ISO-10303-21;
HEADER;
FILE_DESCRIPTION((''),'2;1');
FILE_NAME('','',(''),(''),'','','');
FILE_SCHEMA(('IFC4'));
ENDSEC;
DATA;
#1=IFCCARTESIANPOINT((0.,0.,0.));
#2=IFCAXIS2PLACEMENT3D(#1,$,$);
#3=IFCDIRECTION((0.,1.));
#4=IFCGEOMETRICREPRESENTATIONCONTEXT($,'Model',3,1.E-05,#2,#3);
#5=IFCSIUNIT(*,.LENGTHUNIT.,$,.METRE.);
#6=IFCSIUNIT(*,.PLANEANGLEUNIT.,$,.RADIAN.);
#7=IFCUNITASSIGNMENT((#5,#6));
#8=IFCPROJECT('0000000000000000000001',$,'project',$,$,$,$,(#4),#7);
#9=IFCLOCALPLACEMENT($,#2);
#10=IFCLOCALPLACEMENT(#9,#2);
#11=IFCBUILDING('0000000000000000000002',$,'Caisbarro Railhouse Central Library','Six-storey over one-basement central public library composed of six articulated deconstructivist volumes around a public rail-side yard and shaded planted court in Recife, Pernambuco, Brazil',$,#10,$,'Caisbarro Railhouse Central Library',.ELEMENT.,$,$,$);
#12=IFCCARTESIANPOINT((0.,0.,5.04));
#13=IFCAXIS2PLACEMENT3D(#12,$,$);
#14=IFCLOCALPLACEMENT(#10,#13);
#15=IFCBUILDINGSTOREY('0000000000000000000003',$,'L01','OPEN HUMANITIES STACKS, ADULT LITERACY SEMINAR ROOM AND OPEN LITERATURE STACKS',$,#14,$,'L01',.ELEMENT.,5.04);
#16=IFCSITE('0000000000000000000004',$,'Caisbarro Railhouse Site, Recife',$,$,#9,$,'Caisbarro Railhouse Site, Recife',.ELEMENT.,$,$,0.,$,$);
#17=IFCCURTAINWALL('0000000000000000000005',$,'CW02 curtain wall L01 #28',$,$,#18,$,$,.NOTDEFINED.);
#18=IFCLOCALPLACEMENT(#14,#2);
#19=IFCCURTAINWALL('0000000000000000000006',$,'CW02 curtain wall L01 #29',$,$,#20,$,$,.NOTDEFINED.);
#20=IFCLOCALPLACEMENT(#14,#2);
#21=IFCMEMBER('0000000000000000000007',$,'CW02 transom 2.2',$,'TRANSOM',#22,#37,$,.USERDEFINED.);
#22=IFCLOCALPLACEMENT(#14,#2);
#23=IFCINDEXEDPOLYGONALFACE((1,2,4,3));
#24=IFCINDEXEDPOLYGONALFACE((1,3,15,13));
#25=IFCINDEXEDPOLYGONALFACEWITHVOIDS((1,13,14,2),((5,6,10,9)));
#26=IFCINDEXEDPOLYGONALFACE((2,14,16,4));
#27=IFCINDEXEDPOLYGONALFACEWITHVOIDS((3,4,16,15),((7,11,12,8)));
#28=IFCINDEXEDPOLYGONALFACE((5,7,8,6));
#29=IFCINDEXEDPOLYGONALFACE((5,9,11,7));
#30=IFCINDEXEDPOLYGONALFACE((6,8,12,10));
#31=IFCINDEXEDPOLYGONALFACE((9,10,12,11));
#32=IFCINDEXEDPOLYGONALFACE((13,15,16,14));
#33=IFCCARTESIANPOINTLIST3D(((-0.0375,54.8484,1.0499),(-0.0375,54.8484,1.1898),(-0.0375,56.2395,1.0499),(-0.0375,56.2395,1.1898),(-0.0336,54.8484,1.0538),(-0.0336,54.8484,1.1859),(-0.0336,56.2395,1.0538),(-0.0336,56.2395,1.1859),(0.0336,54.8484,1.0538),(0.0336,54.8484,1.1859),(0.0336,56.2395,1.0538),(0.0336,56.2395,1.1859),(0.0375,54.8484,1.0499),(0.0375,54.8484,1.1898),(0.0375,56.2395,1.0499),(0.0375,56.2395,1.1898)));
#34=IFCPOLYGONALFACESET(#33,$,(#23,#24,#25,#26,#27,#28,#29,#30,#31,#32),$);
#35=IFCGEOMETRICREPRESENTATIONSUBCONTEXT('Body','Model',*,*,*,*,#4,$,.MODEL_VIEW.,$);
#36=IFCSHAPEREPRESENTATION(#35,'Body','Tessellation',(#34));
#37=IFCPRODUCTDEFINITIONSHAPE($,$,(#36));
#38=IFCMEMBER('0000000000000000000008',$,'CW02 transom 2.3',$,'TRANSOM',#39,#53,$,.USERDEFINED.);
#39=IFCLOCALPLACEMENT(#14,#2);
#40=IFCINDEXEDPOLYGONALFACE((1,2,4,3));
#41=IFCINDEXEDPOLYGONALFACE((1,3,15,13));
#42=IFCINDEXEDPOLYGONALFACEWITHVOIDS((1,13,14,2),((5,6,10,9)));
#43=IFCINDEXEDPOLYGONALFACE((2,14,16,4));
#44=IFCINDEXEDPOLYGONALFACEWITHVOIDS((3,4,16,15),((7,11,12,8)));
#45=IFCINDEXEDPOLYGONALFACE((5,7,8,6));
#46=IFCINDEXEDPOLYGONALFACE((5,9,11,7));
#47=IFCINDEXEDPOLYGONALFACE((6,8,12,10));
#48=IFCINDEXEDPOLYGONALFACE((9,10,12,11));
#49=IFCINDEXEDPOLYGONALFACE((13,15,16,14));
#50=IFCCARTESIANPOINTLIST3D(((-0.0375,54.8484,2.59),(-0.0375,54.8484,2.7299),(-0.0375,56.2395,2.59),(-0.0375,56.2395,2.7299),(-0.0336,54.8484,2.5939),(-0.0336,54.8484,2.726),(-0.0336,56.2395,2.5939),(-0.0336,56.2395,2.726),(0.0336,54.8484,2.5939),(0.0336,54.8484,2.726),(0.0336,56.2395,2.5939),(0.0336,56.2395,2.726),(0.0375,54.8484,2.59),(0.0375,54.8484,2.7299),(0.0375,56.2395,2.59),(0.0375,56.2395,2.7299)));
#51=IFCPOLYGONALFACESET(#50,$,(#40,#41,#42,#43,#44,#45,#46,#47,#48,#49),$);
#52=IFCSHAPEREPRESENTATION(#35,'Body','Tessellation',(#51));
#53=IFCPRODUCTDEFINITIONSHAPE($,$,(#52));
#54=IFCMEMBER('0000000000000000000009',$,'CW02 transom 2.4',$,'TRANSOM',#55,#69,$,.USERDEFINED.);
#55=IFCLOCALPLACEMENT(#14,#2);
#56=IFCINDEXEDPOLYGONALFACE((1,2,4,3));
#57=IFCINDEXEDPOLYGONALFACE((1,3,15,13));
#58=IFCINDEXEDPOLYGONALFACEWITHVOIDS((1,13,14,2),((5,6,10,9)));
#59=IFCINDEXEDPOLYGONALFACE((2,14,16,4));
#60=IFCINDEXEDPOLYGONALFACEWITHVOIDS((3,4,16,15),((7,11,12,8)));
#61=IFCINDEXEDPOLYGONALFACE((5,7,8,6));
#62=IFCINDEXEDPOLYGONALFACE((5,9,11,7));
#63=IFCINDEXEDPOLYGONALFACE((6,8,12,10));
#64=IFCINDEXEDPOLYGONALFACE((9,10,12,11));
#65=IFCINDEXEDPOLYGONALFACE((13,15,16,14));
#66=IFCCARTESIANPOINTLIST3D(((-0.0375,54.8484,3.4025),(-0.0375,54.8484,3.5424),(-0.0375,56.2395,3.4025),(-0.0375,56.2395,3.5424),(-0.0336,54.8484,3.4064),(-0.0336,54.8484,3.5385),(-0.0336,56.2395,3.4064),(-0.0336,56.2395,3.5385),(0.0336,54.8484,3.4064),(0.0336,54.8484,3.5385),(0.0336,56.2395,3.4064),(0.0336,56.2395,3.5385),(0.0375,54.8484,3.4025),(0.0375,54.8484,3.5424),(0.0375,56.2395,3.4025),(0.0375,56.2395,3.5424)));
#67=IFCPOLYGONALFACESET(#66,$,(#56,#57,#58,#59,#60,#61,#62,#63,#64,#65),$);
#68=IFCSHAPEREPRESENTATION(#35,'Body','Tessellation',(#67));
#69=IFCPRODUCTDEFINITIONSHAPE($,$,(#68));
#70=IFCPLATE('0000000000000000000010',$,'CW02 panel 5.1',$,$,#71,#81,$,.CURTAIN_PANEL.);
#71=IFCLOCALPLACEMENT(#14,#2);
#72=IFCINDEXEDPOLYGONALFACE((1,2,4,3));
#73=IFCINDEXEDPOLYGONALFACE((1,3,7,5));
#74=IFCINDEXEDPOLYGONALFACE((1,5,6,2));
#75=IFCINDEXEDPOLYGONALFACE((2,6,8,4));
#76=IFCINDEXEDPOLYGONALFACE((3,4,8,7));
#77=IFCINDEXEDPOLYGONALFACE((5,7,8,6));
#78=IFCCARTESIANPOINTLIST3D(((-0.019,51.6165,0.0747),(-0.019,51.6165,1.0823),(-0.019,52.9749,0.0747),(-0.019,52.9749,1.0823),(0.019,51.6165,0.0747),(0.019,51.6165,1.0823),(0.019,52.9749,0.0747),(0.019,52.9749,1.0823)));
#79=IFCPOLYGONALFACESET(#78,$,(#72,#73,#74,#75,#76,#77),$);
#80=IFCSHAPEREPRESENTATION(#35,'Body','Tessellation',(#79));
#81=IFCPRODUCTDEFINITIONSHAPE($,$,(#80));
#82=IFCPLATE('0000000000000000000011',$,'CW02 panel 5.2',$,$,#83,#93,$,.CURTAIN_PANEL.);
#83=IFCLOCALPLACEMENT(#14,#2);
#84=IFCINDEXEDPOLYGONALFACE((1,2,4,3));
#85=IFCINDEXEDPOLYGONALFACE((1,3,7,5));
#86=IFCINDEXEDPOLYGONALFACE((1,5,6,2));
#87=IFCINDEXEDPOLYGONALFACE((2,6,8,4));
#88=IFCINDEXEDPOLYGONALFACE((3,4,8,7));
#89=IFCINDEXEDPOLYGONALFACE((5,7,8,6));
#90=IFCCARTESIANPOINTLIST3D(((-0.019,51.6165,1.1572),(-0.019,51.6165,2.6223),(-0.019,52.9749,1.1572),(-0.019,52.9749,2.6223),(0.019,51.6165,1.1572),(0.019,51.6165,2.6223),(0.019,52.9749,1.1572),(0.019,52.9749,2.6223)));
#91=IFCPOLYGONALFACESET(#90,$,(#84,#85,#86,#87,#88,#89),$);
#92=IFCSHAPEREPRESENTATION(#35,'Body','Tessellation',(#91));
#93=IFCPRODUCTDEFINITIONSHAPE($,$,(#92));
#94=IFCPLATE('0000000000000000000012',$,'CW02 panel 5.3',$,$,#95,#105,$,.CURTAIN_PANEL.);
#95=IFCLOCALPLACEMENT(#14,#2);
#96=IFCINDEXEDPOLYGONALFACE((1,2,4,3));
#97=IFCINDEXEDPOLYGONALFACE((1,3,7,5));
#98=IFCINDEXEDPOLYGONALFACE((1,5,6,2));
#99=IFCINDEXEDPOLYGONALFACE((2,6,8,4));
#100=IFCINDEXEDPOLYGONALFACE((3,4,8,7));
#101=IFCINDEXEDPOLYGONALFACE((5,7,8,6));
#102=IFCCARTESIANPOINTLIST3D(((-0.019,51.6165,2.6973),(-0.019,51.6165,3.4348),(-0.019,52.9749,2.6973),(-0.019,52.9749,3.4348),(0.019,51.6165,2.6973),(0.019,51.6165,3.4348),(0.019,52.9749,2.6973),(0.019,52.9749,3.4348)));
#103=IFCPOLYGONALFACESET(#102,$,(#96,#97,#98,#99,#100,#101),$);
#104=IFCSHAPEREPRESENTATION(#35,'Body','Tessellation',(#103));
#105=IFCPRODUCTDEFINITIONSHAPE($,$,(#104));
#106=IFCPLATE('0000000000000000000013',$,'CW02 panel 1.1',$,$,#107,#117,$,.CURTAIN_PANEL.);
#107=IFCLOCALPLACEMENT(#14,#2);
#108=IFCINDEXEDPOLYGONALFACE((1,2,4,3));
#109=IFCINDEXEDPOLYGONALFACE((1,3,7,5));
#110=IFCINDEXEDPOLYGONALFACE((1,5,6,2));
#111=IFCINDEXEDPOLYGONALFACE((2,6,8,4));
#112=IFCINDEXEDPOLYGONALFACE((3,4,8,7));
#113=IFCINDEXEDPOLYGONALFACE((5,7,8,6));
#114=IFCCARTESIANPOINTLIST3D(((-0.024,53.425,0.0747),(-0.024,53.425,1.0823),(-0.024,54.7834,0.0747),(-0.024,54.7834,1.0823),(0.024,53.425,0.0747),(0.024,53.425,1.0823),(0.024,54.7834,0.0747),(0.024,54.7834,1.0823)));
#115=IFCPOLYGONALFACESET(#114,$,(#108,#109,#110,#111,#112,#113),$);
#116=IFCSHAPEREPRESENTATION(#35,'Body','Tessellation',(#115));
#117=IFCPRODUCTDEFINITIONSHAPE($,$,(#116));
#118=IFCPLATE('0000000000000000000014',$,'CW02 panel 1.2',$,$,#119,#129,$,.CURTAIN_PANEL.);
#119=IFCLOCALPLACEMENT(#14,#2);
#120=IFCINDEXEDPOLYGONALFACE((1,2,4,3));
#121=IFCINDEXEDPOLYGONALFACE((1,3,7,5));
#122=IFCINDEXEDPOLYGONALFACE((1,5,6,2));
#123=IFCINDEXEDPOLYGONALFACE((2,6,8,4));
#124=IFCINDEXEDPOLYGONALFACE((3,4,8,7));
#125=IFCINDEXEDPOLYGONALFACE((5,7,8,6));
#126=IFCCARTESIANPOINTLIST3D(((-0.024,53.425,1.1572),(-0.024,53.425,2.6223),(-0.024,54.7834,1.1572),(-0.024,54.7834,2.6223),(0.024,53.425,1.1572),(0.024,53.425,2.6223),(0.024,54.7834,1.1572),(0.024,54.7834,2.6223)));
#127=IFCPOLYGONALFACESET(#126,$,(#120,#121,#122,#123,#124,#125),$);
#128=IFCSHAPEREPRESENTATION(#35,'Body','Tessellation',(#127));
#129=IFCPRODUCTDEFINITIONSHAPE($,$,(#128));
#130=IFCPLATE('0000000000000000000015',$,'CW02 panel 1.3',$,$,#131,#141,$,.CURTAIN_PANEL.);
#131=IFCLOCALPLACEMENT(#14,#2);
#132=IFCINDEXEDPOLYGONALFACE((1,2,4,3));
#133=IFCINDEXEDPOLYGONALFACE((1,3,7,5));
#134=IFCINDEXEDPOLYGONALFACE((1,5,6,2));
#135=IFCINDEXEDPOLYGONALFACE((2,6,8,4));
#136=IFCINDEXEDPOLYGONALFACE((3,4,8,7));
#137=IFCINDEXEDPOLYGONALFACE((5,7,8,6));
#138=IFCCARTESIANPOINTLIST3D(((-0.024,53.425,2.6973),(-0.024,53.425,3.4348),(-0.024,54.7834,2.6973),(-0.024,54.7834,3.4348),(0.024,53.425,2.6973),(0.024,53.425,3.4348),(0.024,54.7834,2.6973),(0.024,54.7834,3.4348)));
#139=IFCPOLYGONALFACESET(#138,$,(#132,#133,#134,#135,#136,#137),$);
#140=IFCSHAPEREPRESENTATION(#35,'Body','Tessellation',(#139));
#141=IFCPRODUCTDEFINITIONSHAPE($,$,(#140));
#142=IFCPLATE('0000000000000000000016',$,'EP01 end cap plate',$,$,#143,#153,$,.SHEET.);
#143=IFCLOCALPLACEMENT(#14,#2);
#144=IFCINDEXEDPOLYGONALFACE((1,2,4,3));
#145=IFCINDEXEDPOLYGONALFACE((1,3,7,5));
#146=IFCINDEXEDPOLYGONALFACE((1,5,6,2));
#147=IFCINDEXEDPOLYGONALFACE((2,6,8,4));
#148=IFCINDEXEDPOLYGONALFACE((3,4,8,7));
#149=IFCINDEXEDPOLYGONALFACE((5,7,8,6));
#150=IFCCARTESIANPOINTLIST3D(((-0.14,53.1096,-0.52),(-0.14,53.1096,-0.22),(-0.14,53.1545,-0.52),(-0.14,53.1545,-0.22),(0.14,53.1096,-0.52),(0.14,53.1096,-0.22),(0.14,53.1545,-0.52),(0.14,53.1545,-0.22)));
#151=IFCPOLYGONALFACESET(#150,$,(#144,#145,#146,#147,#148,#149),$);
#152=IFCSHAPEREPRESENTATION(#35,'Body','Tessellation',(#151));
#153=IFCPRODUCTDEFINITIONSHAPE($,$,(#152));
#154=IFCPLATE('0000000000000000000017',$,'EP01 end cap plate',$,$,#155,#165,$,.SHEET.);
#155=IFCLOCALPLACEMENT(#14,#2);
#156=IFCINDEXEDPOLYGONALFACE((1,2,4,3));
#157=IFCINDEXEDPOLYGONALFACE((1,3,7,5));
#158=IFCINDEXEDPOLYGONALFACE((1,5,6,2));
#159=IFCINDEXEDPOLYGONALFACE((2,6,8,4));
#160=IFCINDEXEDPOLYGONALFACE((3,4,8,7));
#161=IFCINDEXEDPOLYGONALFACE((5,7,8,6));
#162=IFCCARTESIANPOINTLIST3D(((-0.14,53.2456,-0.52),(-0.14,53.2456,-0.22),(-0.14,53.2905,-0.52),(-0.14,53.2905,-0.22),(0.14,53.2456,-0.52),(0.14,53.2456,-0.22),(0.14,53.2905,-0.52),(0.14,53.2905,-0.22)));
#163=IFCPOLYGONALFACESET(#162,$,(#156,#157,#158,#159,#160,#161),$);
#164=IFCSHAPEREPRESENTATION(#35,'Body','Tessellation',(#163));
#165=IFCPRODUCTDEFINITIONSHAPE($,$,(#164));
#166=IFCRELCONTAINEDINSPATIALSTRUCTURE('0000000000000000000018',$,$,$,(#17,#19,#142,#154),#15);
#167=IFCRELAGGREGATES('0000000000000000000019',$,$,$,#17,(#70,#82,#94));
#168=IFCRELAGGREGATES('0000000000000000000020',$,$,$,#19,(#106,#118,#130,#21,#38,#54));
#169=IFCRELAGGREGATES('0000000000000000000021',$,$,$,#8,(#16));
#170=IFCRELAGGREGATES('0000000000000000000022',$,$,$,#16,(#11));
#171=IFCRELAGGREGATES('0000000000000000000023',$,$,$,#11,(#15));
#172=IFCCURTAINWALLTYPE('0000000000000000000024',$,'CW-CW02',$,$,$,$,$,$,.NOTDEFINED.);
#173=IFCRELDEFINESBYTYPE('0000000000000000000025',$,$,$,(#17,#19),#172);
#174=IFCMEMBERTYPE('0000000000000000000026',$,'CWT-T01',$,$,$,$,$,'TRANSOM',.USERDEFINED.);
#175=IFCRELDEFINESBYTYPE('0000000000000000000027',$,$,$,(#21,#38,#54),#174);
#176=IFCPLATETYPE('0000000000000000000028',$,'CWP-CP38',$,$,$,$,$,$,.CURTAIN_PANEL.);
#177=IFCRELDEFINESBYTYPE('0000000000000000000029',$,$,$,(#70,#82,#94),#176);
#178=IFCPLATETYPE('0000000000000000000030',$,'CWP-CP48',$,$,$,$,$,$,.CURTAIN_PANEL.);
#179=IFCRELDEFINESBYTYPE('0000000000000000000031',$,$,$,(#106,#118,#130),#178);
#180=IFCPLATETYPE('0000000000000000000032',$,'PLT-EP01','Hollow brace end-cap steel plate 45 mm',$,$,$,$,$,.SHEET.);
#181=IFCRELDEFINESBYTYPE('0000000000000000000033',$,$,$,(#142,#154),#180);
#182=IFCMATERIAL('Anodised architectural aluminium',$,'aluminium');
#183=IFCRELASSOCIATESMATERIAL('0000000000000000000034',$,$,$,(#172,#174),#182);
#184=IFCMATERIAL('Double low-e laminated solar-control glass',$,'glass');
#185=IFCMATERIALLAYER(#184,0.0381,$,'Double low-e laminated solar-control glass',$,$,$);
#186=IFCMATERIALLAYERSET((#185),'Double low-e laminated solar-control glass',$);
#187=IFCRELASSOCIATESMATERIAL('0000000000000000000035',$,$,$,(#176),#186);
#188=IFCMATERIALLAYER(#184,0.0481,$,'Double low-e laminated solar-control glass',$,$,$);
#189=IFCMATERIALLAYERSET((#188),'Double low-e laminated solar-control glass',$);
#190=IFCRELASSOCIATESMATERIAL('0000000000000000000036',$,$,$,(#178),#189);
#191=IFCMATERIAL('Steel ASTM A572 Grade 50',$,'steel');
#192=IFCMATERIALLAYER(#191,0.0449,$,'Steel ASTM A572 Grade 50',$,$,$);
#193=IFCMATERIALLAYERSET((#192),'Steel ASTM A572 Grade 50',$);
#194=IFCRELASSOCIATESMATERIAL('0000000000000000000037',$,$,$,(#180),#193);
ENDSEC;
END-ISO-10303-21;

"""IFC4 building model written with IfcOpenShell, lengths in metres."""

from ifc_helpers import new_model, si_unit, direction, frame, origin, origin_2d, place, context, subcontext, project, spatial, rectangle, hollow_rectangle, extrude, material, layer, layer_set, material_profile, profile_set, type_object, element, aggregate, save


model = new_model("IFC4")

# Units and contexts
model_context = context("Model", 3, precision=1e-05, world=origin(), true_north=direction((0.0, 1.0)))
body_context = subcontext(model_context, "Body", "Model", "MODEL_VIEW")
ifc_project = project(units=[si_unit("LENGTHUNIT", "METRE"), si_unit("PLANEANGLEUNIT", "RADIAN")], contexts=[model_context])

# Site, building, storey
site_placement = place(None, origin())
site = spatial("IfcSite", under=ifc_project, at=site_placement, Name="Caisbarro Railhouse Site, Recife", LongName="Caisbarro Railhouse Site, Recife", CompositionType="ELEMENT", RefElevation=0.0)
building_placement = place(site_placement, origin())
building = spatial("IfcBuilding", under=site, at=building_placement, Name="Caisbarro Railhouse Central Library", Description="Six-storey over one-basement central public library composed of six articulated deconstructivist volumes around a public rail-side yard and shaded planted court in Recife, Pernambuco, Brazil", LongName="Caisbarro Railhouse Central Library", CompositionType="ELEMENT")
storey_placement = place(building_placement, frame((0.0, 0.0, 5.04)))
storey = spatial("IfcBuildingStorey", under=building, at=storey_placement, Name="L01", Description="OPEN HUMANITIES STACKS, ADULT LITERACY SEMINAR ROOM AND OPEN LITERATURE STACKS", LongName="L01", CompositionType="ELEMENT", Elevation=5.04)

# Shared definitions
ifc_material_1 = material(Name="Steel ASTM A572 Grade 50", Category="steel")

# Curtain wall
ifc_material_2 = material(Name="Anodised architectural aluminium", Category="aluminium")
curtain_wall_type = type_object("IfcCurtainWallType", Name="CW-CW02", PredefinedType="NOTDEFINED", material=ifc_material_2)
curtain_wall_1_placement = place(storey_placement, origin())
curtain_wall_1 = element("IfcCurtainWall", 1, at=curtain_wall_1_placement, inside=storey, type_object=curtain_wall_type, Name="CW02 curtain wall L01 #28", PredefinedType="NOTDEFINED")

# Curtain wall
curtain_wall_2_placement = place(storey_placement, origin())
curtain_wall_2 = element("IfcCurtainWall", 2, at=curtain_wall_2_placement, inside=storey, type_object=curtain_wall_type, Name="CW02 curtain wall L01 #29", PredefinedType="NOTDEFINED")

# Members
ifc_material_profile_1 = material_profile(ifc_material_2, hollow_rectangle(XDim=0.075, YDim=0.1399, WallThickness=0.0039, at=origin_2d()), Name="ALU-TRN-75X140")
ifc_profile_set_1 = profile_set([ifc_material_profile_1], Name="Anodised architectural aluminium")
member_type_1 = type_object("IfcMemberType", Name="CWT-T01", ElementType="TRANSOM", PredefinedType="USERDEFINED", material=ifc_profile_set_1)
member_1_placement = place(storey_placement, frame((0.0, 54.8484, 1.1199), z_axis=(0.0, 1.0, 0.0), x_axis=(-1.0, 0.0, 0.0)))
member_1 = element("IfcMember", 3, at=member_1_placement, type_object=member_type_1, Name="CW02 transom 2.2", ObjectType="TRANSOM", PredefinedType="USERDEFINED", context=body_context, shape_type="SweptSolid", body=[
    extrude(hollow_rectangle(XDim=0.075, YDim=0.1399, WallThickness=0.0039, at=origin_2d()), origin(), (0.0, 0.0, 1.0), 1.3911),
])
member_2_placement = place(storey_placement, frame((0.0, 54.8484, 2.6599), z_axis=(0.0, 1.0, 0.0), x_axis=(-1.0, 0.0, 0.0)))
member_2 = element("IfcMember", 4, at=member_2_placement, type_object=member_type_1, Name="CW02 transom 2.3", ObjectType="TRANSOM", PredefinedType="USERDEFINED", context=body_context, shape_type="SweptSolid", body=[
    extrude(hollow_rectangle(XDim=0.075, YDim=0.1399, WallThickness=0.0039, at=origin_2d()), origin(), (0.0, 0.0, 1.0), 1.3911),
])
member_3_placement = place(storey_placement, frame((0.0, 54.8484, 3.4724), z_axis=(0.0, 1.0, 0.0), x_axis=(-1.0, 0.0, 0.0)))
member_3 = element("IfcMember", 5, at=member_3_placement, type_object=member_type_1, Name="CW02 transom 2.4", ObjectType="TRANSOM", PredefinedType="USERDEFINED", context=body_context, shape_type="SweptSolid", body=[
    extrude(hollow_rectangle(XDim=0.075, YDim=0.1399, WallThickness=0.0039, at=origin_2d()), origin(), (0.0, 0.0, 1.0), 1.3911),
])

# Plates
ifc_material_3 = material(Name="Double low-e laminated solar-control glass", Category="glass")
ifc_layer_1 = layer(ifc_material_3, 0.0381, Name="Double low-e laminated solar-control glass")
ifc_layer_set_1 = layer_set([ifc_layer_1], Name="Double low-e laminated solar-control glass")
plate_type_1 = type_object("IfcPlateType", Name="CWP-CP38", PredefinedType="CURTAIN_PANEL", material=ifc_layer_set_1)
plate_1_placement = place(storey_placement, frame((0.0, 52.2957, 0.0747), z_axis=(0.0, 0.0, 1.0), x_axis=(0.0, 1.0, 0.0)))
plate_1 = element("IfcPlate", 6, at=plate_1_placement, type_object=plate_type_1, Name="CW02 panel 5.1", PredefinedType="CURTAIN_PANEL", context=body_context, shape_type="SweptSolid", body=[
    extrude(rectangle(XDim=1.3584, YDim=0.0381, at=origin_2d()), origin(), (0.0, 0.0, 1.0), 1.0076),
])
plate_2_placement = place(storey_placement, frame((0.0, 52.2957, 1.1572), z_axis=(0.0, 0.0, 1.0), x_axis=(0.0, 1.0, 0.0)))
plate_2 = element("IfcPlate", 7, at=plate_2_placement, type_object=plate_type_1, Name="CW02 panel 5.2", PredefinedType="CURTAIN_PANEL", context=body_context, shape_type="SweptSolid", body=[
    extrude(rectangle(XDim=1.3584, YDim=0.0381, at=origin_2d()), origin(), (0.0, 0.0, 1.0), 1.4651),
])
plate_3_placement = place(storey_placement, frame((0.0, 52.2957, 2.6973), z_axis=(0.0, 0.0, 1.0), x_axis=(0.0, 1.0, 0.0)))
plate_3 = element("IfcPlate", 8, at=plate_3_placement, type_object=plate_type_1, Name="CW02 panel 5.3", PredefinedType="CURTAIN_PANEL", context=body_context, shape_type="SweptSolid", body=[
    extrude(rectangle(XDim=1.3584, YDim=0.0381, at=origin_2d()), origin(), (0.0, 0.0, 1.0), 0.7375),
])
aggregate(curtain_wall_1, [plate_1, plate_2, plate_3])
ifc_layer_2 = layer(ifc_material_3, 0.0481, Name="Double low-e laminated solar-control glass")
ifc_layer_set_2 = layer_set([ifc_layer_2], Name="Double low-e laminated solar-control glass")
plate_type_2 = type_object("IfcPlateType", Name="CWP-CP48", PredefinedType="CURTAIN_PANEL", material=ifc_layer_set_2)
plate_4_placement = place(storey_placement, frame((0.0, 54.1042, 0.0747), z_axis=(0.0, 0.0, 1.0), x_axis=(0.0, 1.0, 0.0)))
plate_4 = element("IfcPlate", 9, at=plate_4_placement, type_object=plate_type_2, Name="CW02 panel 1.1", PredefinedType="CURTAIN_PANEL", context=body_context, shape_type="SweptSolid", body=[
    extrude(rectangle(XDim=1.3584, YDim=0.0481, at=origin_2d()), origin(), (0.0, 0.0, 1.0), 1.0076),
])
plate_5_placement = place(storey_placement, frame((0.0, 54.1042, 1.1572), z_axis=(0.0, 0.0, 1.0), x_axis=(0.0, 1.0, 0.0)))
plate_5 = element("IfcPlate", 10, at=plate_5_placement, type_object=plate_type_2, Name="CW02 panel 1.2", PredefinedType="CURTAIN_PANEL", context=body_context, shape_type="SweptSolid", body=[
    extrude(rectangle(XDim=1.3584, YDim=0.0481, at=origin_2d()), origin(), (0.0, 0.0, 1.0), 1.4651),
])
plate_6_placement = place(storey_placement, frame((0.0, 54.1042, 2.6973), z_axis=(0.0, 0.0, 1.0), x_axis=(0.0, 1.0, 0.0)))
plate_6 = element("IfcPlate", 11, at=plate_6_placement, type_object=plate_type_2, Name="CW02 panel 1.3", PredefinedType="CURTAIN_PANEL", context=body_context, shape_type="SweptSolid", body=[
    extrude(rectangle(XDim=1.3584, YDim=0.0481, at=origin_2d()), origin(), (0.0, 0.0, 1.0), 0.7375),
])
aggregate(curtain_wall_2, [plate_4, plate_5, plate_6, member_1, member_2, member_3])

# Plates
ifc_layer_3 = layer(ifc_material_1, 0.0449, Name="Steel ASTM A572 Grade 50")
ifc_layer_set_3 = layer_set([ifc_layer_3], Name="Steel ASTM A572 Grade 50")
plate_type_3 = type_object("IfcPlateType", Name="PLT-EP01", Description="Hollow brace end-cap steel plate 45 mm", PredefinedType="SHEET", material=ifc_layer_set_3)
for number, where, z_axis, x_axis, name in (
    (12, (0.0, 53.1321, -0.52), (0.0, 0.0, 1.0), (0.0, 1.0, 0.0), "EP01 end cap plate"),
    (13, (0.0, 53.2681, -0.52), (0.0, 0.0, 1.0), (0.0, 1.0, 0.0), "EP01 end cap plate"),
):
    element("IfcPlate", number, at=place(storey_placement, frame(where, z_axis=z_axis, x_axis=x_axis)), inside=storey, type_object=plate_type_3, Name=name, PredefinedType="SHEET", context=body_context, shape_type="SweptSolid", body=[
        extrude(rectangle(XDim=0.0449, YDim=0.28, at=origin_2d()), origin(), (0.0, 0.0, 1.0), 0.3),
    ])

save(model, "model.ifc")
